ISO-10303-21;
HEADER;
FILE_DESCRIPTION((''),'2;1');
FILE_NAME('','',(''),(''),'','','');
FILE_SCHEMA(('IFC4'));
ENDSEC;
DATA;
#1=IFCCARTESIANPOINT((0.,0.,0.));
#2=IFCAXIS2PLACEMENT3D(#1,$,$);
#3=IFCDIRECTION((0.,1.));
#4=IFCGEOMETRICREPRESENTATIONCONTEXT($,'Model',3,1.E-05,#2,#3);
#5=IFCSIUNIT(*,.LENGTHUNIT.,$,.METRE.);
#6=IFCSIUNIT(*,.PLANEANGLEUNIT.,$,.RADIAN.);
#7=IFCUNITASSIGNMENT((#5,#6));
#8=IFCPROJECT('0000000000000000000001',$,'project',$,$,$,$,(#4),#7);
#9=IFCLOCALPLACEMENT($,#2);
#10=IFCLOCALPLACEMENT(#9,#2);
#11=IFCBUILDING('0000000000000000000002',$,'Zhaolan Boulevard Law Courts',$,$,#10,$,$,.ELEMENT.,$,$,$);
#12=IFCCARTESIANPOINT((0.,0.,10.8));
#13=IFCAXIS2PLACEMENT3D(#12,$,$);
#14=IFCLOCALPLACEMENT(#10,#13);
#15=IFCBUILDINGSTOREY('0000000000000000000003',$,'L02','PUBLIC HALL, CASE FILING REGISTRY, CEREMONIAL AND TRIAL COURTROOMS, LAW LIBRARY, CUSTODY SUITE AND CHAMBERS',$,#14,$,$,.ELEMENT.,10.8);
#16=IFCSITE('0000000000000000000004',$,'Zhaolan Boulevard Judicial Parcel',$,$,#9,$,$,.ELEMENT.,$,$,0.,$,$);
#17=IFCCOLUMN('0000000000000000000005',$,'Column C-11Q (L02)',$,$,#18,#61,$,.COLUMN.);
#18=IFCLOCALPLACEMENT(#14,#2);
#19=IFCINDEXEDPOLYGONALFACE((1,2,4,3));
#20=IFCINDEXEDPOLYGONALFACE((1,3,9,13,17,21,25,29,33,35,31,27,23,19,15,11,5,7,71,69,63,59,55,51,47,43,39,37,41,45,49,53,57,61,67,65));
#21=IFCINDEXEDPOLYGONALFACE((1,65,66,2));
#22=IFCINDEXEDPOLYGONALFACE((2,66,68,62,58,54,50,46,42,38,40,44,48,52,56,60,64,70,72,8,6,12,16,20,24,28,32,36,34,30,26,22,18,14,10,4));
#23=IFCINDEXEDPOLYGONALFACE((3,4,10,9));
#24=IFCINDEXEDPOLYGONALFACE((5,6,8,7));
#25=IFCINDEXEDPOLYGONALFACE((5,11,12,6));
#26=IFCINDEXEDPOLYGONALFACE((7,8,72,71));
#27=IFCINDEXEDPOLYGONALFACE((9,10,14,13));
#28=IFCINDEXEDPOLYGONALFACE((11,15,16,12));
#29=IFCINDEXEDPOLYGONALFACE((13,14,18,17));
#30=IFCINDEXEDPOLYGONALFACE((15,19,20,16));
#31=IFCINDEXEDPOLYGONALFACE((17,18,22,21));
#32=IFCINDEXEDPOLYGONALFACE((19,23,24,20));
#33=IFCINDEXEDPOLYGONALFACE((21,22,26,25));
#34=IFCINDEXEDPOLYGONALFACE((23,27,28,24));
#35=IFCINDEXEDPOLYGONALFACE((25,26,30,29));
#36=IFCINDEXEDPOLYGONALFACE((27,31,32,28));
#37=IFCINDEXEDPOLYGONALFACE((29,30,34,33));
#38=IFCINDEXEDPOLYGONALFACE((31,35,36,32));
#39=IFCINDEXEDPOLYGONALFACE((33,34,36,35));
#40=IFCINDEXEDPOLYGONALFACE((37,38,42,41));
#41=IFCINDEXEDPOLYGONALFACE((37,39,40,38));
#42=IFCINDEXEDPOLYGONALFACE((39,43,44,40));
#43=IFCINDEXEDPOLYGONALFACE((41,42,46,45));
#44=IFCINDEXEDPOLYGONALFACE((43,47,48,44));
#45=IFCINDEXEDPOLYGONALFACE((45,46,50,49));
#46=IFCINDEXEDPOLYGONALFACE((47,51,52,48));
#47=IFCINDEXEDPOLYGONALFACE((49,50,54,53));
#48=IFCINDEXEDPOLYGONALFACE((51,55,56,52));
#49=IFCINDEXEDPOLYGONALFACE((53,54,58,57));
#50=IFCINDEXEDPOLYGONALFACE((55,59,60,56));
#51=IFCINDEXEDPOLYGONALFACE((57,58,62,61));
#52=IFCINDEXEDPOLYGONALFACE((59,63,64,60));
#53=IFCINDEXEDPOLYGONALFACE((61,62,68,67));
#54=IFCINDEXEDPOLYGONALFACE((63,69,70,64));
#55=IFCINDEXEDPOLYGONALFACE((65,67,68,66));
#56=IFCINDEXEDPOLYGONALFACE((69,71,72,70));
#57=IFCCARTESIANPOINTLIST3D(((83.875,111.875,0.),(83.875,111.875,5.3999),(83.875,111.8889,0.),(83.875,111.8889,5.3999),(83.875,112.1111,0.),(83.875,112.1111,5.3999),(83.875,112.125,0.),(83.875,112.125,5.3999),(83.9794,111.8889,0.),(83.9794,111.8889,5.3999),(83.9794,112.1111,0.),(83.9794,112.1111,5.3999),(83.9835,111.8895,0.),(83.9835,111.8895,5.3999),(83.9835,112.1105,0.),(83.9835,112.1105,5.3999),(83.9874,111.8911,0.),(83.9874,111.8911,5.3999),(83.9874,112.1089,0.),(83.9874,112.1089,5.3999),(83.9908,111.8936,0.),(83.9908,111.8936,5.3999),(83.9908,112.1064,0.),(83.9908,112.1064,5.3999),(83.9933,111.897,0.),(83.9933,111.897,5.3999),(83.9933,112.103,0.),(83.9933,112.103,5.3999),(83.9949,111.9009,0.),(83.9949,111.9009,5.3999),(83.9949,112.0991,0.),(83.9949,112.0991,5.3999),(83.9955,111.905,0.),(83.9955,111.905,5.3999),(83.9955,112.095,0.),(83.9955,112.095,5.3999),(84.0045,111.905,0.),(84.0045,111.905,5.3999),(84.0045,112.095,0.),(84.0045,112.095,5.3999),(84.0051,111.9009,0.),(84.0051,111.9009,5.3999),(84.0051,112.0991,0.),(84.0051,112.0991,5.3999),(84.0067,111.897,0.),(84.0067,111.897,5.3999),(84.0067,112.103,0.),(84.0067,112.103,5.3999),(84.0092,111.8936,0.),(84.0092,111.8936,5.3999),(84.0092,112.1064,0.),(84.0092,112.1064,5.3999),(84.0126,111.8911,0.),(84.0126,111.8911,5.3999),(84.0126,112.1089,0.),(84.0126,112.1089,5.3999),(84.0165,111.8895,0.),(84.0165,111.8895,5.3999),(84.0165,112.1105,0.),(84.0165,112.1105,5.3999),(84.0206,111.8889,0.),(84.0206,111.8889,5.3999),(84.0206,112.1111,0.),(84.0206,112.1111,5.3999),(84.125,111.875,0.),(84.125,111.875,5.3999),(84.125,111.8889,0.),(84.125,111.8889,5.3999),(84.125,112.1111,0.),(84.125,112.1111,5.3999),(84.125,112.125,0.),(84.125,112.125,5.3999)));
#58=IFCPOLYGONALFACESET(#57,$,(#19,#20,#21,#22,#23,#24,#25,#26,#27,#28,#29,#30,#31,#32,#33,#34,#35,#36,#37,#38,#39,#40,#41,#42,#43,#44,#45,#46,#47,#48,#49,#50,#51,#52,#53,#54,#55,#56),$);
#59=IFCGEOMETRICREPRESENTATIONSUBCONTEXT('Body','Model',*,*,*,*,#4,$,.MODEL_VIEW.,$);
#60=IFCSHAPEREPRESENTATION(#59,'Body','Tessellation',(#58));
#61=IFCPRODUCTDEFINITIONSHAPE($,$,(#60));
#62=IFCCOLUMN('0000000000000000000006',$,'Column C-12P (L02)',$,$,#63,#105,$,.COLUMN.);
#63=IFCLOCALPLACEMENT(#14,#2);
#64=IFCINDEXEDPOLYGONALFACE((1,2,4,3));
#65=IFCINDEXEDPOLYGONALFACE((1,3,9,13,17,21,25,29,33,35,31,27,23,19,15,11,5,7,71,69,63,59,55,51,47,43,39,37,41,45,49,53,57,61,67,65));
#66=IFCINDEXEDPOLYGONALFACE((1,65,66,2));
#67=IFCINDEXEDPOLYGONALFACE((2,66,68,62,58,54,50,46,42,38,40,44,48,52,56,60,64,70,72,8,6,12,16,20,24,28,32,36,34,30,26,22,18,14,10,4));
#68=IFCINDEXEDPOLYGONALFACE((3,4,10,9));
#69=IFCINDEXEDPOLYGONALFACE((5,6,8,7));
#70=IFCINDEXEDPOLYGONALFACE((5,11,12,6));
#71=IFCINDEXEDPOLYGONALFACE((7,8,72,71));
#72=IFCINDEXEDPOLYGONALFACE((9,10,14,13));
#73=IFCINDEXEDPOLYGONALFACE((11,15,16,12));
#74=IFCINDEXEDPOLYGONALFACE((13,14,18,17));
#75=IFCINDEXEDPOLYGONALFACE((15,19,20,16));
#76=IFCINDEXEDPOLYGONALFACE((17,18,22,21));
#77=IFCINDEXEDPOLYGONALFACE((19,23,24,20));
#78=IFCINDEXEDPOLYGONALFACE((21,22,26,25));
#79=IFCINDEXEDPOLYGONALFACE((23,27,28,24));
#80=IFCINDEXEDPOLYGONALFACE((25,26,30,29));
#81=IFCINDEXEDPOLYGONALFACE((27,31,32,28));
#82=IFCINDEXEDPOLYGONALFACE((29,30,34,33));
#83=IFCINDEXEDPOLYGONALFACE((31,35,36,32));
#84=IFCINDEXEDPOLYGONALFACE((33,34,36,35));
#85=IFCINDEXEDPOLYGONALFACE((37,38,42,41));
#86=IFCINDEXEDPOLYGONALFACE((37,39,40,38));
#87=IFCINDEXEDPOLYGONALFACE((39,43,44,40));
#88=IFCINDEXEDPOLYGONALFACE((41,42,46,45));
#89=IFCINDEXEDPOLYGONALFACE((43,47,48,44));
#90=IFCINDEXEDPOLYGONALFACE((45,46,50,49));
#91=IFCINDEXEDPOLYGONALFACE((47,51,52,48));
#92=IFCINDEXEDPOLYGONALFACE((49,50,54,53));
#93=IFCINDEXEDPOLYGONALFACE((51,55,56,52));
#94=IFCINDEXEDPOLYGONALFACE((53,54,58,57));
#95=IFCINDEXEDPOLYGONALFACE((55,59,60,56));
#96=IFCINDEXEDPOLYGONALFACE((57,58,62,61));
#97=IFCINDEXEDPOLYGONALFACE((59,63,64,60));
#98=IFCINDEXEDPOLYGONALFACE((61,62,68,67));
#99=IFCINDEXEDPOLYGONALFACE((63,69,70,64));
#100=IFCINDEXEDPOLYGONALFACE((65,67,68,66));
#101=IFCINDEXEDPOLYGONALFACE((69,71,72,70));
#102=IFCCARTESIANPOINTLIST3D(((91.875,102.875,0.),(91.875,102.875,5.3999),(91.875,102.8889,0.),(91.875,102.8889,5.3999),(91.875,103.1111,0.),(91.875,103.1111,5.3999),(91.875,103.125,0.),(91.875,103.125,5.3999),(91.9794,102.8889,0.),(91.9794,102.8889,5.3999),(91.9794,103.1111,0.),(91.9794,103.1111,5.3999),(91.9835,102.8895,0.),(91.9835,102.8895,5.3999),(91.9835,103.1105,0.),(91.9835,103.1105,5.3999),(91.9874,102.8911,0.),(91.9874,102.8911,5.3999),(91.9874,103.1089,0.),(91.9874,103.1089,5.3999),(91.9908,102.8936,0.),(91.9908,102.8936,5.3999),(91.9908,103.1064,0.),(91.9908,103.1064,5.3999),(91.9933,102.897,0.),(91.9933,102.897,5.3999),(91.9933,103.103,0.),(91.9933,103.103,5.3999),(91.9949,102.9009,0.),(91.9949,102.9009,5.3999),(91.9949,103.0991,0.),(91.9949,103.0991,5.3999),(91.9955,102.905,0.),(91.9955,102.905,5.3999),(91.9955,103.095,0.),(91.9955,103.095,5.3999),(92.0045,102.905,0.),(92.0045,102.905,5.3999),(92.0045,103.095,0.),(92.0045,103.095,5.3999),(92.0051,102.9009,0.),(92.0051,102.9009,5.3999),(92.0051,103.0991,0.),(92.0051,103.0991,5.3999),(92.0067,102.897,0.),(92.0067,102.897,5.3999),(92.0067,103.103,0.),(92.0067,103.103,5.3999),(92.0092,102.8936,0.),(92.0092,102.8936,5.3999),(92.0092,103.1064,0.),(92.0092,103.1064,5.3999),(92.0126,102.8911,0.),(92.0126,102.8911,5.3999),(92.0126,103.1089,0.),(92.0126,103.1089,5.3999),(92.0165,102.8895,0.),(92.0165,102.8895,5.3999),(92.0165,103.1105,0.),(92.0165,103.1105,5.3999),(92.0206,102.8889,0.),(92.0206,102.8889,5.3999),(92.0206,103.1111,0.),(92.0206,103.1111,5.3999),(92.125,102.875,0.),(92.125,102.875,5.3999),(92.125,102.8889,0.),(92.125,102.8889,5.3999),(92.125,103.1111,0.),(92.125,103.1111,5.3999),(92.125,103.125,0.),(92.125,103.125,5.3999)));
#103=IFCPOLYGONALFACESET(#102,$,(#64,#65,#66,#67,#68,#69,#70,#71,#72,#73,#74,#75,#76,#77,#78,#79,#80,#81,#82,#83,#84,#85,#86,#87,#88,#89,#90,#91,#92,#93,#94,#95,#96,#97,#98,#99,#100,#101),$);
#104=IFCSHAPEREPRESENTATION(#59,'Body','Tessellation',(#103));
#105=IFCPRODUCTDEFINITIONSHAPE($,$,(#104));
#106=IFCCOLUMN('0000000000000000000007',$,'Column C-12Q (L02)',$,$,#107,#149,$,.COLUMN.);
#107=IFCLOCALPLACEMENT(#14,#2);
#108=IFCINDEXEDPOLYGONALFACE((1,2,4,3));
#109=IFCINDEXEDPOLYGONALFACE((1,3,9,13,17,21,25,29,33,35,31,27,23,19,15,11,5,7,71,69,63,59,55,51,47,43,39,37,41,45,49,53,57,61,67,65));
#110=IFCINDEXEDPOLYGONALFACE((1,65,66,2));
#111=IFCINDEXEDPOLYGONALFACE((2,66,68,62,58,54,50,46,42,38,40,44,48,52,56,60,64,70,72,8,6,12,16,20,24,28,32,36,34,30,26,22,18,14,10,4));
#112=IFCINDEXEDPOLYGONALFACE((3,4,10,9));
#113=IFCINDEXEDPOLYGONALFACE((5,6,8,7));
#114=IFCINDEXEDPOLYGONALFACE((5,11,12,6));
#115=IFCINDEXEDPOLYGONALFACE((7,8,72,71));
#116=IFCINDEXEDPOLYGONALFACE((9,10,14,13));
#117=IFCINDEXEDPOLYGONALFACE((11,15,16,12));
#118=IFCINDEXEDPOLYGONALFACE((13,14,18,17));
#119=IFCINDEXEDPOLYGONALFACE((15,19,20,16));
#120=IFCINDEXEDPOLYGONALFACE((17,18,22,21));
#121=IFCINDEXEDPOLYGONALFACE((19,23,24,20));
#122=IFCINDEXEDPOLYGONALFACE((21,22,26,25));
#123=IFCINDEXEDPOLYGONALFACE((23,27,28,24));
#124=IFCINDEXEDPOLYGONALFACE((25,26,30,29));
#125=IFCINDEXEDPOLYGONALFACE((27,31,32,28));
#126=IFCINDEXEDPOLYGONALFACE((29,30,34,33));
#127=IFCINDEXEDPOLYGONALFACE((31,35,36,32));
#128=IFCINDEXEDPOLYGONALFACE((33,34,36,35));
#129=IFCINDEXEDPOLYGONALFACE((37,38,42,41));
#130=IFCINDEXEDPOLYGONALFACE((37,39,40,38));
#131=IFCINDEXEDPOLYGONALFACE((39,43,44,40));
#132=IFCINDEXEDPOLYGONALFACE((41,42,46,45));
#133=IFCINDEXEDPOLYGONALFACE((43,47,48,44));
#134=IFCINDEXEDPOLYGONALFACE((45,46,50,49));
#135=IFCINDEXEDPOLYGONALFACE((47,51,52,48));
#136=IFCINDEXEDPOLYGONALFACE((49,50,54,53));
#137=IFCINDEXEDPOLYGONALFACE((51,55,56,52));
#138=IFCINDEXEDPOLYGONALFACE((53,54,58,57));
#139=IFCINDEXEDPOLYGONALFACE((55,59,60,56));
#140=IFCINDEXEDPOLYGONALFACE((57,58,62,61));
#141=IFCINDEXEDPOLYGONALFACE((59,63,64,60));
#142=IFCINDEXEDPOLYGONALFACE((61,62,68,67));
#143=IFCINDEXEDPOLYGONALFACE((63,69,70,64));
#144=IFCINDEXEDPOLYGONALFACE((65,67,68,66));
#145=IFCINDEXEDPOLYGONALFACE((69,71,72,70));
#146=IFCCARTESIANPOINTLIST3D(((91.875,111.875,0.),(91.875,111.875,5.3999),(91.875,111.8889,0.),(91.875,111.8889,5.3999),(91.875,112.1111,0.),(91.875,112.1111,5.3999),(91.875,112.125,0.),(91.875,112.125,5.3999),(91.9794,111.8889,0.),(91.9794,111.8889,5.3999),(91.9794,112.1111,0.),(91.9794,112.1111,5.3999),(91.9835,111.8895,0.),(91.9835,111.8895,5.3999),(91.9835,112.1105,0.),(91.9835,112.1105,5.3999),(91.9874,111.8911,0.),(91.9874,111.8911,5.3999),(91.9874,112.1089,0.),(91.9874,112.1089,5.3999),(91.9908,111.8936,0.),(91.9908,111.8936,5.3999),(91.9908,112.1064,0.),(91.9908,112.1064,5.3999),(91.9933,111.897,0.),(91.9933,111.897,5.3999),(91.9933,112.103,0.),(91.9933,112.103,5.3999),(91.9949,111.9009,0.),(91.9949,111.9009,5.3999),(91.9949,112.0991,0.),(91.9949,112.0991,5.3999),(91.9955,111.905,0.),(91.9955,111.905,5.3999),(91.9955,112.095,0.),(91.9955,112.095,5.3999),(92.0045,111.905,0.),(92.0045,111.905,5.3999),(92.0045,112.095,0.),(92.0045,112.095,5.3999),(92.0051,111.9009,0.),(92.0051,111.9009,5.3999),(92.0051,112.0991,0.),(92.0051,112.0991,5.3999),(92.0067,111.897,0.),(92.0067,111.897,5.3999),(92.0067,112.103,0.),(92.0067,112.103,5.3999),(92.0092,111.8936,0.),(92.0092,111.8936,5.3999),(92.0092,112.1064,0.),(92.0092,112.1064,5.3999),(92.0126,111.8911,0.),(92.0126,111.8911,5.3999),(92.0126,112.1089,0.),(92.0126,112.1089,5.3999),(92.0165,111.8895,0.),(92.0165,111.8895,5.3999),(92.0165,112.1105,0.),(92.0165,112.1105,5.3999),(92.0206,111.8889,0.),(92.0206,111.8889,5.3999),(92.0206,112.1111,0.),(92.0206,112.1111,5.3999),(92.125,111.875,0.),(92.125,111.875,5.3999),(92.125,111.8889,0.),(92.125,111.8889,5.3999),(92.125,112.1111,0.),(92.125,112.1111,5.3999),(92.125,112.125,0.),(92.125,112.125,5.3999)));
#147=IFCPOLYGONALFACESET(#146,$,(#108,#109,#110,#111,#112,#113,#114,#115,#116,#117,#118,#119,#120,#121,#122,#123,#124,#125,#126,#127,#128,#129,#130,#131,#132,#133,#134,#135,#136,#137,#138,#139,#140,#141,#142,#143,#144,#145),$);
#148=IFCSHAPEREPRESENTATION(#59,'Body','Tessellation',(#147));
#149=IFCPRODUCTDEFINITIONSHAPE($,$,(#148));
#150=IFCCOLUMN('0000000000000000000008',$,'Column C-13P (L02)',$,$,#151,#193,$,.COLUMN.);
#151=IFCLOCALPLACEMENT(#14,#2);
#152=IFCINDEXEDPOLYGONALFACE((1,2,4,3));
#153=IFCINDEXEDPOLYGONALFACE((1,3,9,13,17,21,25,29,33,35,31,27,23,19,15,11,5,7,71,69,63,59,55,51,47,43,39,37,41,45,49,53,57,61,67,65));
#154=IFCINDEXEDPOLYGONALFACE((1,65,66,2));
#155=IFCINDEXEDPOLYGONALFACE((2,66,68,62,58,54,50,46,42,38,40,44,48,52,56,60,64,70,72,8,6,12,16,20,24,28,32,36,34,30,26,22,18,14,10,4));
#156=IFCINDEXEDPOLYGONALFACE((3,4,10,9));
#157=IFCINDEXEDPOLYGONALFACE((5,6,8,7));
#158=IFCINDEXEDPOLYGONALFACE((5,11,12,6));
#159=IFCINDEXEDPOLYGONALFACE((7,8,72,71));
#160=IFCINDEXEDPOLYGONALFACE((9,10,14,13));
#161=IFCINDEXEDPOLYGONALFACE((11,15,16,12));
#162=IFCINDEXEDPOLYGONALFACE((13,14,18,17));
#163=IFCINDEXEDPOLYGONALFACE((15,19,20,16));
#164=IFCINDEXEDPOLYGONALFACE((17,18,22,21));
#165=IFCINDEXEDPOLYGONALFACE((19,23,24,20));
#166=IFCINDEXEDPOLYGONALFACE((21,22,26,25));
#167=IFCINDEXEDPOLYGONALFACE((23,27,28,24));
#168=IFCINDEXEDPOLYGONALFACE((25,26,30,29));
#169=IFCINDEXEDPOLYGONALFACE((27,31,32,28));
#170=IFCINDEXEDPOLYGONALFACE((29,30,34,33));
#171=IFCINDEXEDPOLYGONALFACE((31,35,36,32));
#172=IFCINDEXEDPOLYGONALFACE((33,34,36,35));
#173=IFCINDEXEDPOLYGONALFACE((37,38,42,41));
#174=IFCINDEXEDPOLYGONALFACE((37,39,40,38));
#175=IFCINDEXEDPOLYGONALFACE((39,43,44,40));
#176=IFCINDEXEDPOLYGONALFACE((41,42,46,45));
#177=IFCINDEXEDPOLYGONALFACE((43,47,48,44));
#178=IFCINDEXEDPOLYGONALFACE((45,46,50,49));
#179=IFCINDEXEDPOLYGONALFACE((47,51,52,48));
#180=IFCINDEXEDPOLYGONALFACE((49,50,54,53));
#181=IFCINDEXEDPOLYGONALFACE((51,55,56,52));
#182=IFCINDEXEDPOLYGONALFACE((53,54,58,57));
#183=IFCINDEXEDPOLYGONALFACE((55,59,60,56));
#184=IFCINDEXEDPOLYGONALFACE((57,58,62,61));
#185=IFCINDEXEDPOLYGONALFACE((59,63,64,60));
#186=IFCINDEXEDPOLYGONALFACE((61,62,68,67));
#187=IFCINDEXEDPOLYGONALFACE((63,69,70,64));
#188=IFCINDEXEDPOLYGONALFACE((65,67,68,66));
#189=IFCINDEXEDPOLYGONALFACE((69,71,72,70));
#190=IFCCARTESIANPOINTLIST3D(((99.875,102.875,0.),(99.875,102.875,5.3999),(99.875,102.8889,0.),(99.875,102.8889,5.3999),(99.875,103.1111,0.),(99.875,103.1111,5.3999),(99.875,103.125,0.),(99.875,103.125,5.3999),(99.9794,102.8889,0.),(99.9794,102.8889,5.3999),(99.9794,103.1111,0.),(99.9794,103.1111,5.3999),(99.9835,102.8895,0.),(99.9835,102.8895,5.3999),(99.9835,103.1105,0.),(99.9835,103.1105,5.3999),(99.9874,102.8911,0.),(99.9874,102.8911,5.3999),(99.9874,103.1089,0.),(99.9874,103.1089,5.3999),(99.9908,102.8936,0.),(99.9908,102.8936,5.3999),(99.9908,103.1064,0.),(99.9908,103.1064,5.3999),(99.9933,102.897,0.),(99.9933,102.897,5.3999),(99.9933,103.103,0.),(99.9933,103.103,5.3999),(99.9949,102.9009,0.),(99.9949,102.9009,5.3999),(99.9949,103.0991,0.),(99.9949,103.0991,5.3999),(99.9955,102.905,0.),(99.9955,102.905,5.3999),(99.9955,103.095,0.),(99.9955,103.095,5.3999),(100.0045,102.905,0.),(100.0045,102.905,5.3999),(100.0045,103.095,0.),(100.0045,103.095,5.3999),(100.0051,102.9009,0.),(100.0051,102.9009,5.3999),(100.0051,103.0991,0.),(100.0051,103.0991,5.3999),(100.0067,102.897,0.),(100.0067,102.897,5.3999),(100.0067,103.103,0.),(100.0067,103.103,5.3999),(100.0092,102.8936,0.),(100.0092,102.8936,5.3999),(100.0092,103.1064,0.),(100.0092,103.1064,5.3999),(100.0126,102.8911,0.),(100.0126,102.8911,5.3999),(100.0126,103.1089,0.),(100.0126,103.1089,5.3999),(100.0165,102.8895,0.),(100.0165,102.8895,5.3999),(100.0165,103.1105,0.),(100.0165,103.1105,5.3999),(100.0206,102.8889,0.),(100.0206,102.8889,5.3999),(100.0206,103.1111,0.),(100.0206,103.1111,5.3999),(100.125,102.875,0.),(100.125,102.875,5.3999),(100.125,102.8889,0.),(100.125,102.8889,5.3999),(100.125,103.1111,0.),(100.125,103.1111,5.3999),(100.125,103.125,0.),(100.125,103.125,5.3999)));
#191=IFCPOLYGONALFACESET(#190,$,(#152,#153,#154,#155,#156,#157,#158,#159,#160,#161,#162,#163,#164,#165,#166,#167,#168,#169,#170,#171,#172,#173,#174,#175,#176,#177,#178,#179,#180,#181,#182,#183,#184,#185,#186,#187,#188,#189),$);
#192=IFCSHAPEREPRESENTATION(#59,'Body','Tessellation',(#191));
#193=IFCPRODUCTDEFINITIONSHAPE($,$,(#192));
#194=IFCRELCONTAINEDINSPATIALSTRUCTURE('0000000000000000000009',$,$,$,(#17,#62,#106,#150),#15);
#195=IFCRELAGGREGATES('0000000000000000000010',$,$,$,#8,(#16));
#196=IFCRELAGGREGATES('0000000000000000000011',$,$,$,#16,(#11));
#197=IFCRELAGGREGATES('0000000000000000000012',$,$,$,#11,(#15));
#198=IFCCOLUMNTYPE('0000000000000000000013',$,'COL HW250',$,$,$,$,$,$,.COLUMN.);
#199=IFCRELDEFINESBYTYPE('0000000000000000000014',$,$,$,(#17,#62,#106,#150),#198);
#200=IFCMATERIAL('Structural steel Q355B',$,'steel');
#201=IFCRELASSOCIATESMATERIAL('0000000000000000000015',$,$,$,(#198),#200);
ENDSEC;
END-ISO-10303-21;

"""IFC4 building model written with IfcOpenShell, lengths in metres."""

from ifc_helpers import new_model, si_unit, direction, frame, origin, origin_2d, place, context, subcontext, project, spatial, i_section, extrude, material, material_profile, profile_set, type_object, element, save


model = new_model("IFC4")

# Units and contexts
model_context = context("Model", 3, precision=1e-05, world=origin(), true_north=direction((0.0, 1.0)))
body_context = subcontext(model_context, "Body", "Model", "MODEL_VIEW")
ifc_project = project(units=[si_unit("LENGTHUNIT", "METRE"), si_unit("PLANEANGLEUNIT", "RADIAN")], contexts=[model_context])

# Site, building, storey
site_placement = place(None, origin())
site = spatial("IfcSite", under=ifc_project, at=site_placement, Name="Zhaolan Boulevard Judicial Parcel", CompositionType="ELEMENT", RefElevation=0.0)
building_placement = place(site_placement, origin())
building = spatial("IfcBuilding", under=site, at=building_placement, Name="Zhaolan Boulevard Law Courts", CompositionType="ELEMENT")
storey_placement = place(building_placement, frame((0.0, 0.0, 10.8)))
storey = spatial("IfcBuildingStorey", under=building, at=storey_placement, Name="L02", Description="PUBLIC HALL, CASE FILING REGISTRY, CEREMONIAL AND TRIAL COURTROOMS, LAW LIBRARY, CUSTODY SUITE AND CHAMBERS", CompositionType="ELEMENT", Elevation=10.8)

# Columns
ifc_material_1 = material(Name="Structural steel Q355B", Category="steel")
ifc_material_profile_1 = material_profile(ifc_material_1, i_section(OverallWidth=0.25, OverallDepth=0.25, WebThickness=0.009, FlangeThickness=0.0139, FilletRadius=0.0161, at=origin_2d()), Name="HW250x250")
ifc_profile_set_1 = profile_set([ifc_material_profile_1], Name="Structural steel Q355B")
column_type_1 = type_object("IfcColumnType", Name="COL HW250", PredefinedType="COLUMN", material=ifc_profile_set_1)
for number, where, z_axis, x_axis, name in (
    (1, (84.0, 112.0, 0.0), (0.0, 0.0, 1.0), (1.0, 0.0, 0.0), "Column C-11Q (L02)"),
    (2, (92.0, 103.0, 0.0), (0.0, 0.0, 1.0), (1.0, 0.0, 0.0), "Column C-12P (L02)"),
    (3, (92.0, 112.0, 0.0), (0.0, 0.0, 1.0), (1.0, 0.0, 0.0), "Column C-12Q (L02)"),
    (4, (100.0, 103.0, 0.0), (0.0, 0.0, 1.0), (1.0, 0.0, 0.0), "Column C-13P (L02)"),
):
    element("IfcColumn", number, at=place(storey_placement, frame(where, z_axis=z_axis, x_axis=x_axis)), inside=storey, type_object=column_type_1, Name=name, PredefinedType="COLUMN", context=body_context, shape_type="SweptSolid", body=[
        extrude(i_section(OverallWidth=0.25, OverallDepth=0.25, WebThickness=0.009, FlangeThickness=0.0139, FilletRadius=0.0161, at=origin_2d()), origin(), (0.0, 0.0, 1.0), 5.3999),
    ])

save(model, "model.ifc")
